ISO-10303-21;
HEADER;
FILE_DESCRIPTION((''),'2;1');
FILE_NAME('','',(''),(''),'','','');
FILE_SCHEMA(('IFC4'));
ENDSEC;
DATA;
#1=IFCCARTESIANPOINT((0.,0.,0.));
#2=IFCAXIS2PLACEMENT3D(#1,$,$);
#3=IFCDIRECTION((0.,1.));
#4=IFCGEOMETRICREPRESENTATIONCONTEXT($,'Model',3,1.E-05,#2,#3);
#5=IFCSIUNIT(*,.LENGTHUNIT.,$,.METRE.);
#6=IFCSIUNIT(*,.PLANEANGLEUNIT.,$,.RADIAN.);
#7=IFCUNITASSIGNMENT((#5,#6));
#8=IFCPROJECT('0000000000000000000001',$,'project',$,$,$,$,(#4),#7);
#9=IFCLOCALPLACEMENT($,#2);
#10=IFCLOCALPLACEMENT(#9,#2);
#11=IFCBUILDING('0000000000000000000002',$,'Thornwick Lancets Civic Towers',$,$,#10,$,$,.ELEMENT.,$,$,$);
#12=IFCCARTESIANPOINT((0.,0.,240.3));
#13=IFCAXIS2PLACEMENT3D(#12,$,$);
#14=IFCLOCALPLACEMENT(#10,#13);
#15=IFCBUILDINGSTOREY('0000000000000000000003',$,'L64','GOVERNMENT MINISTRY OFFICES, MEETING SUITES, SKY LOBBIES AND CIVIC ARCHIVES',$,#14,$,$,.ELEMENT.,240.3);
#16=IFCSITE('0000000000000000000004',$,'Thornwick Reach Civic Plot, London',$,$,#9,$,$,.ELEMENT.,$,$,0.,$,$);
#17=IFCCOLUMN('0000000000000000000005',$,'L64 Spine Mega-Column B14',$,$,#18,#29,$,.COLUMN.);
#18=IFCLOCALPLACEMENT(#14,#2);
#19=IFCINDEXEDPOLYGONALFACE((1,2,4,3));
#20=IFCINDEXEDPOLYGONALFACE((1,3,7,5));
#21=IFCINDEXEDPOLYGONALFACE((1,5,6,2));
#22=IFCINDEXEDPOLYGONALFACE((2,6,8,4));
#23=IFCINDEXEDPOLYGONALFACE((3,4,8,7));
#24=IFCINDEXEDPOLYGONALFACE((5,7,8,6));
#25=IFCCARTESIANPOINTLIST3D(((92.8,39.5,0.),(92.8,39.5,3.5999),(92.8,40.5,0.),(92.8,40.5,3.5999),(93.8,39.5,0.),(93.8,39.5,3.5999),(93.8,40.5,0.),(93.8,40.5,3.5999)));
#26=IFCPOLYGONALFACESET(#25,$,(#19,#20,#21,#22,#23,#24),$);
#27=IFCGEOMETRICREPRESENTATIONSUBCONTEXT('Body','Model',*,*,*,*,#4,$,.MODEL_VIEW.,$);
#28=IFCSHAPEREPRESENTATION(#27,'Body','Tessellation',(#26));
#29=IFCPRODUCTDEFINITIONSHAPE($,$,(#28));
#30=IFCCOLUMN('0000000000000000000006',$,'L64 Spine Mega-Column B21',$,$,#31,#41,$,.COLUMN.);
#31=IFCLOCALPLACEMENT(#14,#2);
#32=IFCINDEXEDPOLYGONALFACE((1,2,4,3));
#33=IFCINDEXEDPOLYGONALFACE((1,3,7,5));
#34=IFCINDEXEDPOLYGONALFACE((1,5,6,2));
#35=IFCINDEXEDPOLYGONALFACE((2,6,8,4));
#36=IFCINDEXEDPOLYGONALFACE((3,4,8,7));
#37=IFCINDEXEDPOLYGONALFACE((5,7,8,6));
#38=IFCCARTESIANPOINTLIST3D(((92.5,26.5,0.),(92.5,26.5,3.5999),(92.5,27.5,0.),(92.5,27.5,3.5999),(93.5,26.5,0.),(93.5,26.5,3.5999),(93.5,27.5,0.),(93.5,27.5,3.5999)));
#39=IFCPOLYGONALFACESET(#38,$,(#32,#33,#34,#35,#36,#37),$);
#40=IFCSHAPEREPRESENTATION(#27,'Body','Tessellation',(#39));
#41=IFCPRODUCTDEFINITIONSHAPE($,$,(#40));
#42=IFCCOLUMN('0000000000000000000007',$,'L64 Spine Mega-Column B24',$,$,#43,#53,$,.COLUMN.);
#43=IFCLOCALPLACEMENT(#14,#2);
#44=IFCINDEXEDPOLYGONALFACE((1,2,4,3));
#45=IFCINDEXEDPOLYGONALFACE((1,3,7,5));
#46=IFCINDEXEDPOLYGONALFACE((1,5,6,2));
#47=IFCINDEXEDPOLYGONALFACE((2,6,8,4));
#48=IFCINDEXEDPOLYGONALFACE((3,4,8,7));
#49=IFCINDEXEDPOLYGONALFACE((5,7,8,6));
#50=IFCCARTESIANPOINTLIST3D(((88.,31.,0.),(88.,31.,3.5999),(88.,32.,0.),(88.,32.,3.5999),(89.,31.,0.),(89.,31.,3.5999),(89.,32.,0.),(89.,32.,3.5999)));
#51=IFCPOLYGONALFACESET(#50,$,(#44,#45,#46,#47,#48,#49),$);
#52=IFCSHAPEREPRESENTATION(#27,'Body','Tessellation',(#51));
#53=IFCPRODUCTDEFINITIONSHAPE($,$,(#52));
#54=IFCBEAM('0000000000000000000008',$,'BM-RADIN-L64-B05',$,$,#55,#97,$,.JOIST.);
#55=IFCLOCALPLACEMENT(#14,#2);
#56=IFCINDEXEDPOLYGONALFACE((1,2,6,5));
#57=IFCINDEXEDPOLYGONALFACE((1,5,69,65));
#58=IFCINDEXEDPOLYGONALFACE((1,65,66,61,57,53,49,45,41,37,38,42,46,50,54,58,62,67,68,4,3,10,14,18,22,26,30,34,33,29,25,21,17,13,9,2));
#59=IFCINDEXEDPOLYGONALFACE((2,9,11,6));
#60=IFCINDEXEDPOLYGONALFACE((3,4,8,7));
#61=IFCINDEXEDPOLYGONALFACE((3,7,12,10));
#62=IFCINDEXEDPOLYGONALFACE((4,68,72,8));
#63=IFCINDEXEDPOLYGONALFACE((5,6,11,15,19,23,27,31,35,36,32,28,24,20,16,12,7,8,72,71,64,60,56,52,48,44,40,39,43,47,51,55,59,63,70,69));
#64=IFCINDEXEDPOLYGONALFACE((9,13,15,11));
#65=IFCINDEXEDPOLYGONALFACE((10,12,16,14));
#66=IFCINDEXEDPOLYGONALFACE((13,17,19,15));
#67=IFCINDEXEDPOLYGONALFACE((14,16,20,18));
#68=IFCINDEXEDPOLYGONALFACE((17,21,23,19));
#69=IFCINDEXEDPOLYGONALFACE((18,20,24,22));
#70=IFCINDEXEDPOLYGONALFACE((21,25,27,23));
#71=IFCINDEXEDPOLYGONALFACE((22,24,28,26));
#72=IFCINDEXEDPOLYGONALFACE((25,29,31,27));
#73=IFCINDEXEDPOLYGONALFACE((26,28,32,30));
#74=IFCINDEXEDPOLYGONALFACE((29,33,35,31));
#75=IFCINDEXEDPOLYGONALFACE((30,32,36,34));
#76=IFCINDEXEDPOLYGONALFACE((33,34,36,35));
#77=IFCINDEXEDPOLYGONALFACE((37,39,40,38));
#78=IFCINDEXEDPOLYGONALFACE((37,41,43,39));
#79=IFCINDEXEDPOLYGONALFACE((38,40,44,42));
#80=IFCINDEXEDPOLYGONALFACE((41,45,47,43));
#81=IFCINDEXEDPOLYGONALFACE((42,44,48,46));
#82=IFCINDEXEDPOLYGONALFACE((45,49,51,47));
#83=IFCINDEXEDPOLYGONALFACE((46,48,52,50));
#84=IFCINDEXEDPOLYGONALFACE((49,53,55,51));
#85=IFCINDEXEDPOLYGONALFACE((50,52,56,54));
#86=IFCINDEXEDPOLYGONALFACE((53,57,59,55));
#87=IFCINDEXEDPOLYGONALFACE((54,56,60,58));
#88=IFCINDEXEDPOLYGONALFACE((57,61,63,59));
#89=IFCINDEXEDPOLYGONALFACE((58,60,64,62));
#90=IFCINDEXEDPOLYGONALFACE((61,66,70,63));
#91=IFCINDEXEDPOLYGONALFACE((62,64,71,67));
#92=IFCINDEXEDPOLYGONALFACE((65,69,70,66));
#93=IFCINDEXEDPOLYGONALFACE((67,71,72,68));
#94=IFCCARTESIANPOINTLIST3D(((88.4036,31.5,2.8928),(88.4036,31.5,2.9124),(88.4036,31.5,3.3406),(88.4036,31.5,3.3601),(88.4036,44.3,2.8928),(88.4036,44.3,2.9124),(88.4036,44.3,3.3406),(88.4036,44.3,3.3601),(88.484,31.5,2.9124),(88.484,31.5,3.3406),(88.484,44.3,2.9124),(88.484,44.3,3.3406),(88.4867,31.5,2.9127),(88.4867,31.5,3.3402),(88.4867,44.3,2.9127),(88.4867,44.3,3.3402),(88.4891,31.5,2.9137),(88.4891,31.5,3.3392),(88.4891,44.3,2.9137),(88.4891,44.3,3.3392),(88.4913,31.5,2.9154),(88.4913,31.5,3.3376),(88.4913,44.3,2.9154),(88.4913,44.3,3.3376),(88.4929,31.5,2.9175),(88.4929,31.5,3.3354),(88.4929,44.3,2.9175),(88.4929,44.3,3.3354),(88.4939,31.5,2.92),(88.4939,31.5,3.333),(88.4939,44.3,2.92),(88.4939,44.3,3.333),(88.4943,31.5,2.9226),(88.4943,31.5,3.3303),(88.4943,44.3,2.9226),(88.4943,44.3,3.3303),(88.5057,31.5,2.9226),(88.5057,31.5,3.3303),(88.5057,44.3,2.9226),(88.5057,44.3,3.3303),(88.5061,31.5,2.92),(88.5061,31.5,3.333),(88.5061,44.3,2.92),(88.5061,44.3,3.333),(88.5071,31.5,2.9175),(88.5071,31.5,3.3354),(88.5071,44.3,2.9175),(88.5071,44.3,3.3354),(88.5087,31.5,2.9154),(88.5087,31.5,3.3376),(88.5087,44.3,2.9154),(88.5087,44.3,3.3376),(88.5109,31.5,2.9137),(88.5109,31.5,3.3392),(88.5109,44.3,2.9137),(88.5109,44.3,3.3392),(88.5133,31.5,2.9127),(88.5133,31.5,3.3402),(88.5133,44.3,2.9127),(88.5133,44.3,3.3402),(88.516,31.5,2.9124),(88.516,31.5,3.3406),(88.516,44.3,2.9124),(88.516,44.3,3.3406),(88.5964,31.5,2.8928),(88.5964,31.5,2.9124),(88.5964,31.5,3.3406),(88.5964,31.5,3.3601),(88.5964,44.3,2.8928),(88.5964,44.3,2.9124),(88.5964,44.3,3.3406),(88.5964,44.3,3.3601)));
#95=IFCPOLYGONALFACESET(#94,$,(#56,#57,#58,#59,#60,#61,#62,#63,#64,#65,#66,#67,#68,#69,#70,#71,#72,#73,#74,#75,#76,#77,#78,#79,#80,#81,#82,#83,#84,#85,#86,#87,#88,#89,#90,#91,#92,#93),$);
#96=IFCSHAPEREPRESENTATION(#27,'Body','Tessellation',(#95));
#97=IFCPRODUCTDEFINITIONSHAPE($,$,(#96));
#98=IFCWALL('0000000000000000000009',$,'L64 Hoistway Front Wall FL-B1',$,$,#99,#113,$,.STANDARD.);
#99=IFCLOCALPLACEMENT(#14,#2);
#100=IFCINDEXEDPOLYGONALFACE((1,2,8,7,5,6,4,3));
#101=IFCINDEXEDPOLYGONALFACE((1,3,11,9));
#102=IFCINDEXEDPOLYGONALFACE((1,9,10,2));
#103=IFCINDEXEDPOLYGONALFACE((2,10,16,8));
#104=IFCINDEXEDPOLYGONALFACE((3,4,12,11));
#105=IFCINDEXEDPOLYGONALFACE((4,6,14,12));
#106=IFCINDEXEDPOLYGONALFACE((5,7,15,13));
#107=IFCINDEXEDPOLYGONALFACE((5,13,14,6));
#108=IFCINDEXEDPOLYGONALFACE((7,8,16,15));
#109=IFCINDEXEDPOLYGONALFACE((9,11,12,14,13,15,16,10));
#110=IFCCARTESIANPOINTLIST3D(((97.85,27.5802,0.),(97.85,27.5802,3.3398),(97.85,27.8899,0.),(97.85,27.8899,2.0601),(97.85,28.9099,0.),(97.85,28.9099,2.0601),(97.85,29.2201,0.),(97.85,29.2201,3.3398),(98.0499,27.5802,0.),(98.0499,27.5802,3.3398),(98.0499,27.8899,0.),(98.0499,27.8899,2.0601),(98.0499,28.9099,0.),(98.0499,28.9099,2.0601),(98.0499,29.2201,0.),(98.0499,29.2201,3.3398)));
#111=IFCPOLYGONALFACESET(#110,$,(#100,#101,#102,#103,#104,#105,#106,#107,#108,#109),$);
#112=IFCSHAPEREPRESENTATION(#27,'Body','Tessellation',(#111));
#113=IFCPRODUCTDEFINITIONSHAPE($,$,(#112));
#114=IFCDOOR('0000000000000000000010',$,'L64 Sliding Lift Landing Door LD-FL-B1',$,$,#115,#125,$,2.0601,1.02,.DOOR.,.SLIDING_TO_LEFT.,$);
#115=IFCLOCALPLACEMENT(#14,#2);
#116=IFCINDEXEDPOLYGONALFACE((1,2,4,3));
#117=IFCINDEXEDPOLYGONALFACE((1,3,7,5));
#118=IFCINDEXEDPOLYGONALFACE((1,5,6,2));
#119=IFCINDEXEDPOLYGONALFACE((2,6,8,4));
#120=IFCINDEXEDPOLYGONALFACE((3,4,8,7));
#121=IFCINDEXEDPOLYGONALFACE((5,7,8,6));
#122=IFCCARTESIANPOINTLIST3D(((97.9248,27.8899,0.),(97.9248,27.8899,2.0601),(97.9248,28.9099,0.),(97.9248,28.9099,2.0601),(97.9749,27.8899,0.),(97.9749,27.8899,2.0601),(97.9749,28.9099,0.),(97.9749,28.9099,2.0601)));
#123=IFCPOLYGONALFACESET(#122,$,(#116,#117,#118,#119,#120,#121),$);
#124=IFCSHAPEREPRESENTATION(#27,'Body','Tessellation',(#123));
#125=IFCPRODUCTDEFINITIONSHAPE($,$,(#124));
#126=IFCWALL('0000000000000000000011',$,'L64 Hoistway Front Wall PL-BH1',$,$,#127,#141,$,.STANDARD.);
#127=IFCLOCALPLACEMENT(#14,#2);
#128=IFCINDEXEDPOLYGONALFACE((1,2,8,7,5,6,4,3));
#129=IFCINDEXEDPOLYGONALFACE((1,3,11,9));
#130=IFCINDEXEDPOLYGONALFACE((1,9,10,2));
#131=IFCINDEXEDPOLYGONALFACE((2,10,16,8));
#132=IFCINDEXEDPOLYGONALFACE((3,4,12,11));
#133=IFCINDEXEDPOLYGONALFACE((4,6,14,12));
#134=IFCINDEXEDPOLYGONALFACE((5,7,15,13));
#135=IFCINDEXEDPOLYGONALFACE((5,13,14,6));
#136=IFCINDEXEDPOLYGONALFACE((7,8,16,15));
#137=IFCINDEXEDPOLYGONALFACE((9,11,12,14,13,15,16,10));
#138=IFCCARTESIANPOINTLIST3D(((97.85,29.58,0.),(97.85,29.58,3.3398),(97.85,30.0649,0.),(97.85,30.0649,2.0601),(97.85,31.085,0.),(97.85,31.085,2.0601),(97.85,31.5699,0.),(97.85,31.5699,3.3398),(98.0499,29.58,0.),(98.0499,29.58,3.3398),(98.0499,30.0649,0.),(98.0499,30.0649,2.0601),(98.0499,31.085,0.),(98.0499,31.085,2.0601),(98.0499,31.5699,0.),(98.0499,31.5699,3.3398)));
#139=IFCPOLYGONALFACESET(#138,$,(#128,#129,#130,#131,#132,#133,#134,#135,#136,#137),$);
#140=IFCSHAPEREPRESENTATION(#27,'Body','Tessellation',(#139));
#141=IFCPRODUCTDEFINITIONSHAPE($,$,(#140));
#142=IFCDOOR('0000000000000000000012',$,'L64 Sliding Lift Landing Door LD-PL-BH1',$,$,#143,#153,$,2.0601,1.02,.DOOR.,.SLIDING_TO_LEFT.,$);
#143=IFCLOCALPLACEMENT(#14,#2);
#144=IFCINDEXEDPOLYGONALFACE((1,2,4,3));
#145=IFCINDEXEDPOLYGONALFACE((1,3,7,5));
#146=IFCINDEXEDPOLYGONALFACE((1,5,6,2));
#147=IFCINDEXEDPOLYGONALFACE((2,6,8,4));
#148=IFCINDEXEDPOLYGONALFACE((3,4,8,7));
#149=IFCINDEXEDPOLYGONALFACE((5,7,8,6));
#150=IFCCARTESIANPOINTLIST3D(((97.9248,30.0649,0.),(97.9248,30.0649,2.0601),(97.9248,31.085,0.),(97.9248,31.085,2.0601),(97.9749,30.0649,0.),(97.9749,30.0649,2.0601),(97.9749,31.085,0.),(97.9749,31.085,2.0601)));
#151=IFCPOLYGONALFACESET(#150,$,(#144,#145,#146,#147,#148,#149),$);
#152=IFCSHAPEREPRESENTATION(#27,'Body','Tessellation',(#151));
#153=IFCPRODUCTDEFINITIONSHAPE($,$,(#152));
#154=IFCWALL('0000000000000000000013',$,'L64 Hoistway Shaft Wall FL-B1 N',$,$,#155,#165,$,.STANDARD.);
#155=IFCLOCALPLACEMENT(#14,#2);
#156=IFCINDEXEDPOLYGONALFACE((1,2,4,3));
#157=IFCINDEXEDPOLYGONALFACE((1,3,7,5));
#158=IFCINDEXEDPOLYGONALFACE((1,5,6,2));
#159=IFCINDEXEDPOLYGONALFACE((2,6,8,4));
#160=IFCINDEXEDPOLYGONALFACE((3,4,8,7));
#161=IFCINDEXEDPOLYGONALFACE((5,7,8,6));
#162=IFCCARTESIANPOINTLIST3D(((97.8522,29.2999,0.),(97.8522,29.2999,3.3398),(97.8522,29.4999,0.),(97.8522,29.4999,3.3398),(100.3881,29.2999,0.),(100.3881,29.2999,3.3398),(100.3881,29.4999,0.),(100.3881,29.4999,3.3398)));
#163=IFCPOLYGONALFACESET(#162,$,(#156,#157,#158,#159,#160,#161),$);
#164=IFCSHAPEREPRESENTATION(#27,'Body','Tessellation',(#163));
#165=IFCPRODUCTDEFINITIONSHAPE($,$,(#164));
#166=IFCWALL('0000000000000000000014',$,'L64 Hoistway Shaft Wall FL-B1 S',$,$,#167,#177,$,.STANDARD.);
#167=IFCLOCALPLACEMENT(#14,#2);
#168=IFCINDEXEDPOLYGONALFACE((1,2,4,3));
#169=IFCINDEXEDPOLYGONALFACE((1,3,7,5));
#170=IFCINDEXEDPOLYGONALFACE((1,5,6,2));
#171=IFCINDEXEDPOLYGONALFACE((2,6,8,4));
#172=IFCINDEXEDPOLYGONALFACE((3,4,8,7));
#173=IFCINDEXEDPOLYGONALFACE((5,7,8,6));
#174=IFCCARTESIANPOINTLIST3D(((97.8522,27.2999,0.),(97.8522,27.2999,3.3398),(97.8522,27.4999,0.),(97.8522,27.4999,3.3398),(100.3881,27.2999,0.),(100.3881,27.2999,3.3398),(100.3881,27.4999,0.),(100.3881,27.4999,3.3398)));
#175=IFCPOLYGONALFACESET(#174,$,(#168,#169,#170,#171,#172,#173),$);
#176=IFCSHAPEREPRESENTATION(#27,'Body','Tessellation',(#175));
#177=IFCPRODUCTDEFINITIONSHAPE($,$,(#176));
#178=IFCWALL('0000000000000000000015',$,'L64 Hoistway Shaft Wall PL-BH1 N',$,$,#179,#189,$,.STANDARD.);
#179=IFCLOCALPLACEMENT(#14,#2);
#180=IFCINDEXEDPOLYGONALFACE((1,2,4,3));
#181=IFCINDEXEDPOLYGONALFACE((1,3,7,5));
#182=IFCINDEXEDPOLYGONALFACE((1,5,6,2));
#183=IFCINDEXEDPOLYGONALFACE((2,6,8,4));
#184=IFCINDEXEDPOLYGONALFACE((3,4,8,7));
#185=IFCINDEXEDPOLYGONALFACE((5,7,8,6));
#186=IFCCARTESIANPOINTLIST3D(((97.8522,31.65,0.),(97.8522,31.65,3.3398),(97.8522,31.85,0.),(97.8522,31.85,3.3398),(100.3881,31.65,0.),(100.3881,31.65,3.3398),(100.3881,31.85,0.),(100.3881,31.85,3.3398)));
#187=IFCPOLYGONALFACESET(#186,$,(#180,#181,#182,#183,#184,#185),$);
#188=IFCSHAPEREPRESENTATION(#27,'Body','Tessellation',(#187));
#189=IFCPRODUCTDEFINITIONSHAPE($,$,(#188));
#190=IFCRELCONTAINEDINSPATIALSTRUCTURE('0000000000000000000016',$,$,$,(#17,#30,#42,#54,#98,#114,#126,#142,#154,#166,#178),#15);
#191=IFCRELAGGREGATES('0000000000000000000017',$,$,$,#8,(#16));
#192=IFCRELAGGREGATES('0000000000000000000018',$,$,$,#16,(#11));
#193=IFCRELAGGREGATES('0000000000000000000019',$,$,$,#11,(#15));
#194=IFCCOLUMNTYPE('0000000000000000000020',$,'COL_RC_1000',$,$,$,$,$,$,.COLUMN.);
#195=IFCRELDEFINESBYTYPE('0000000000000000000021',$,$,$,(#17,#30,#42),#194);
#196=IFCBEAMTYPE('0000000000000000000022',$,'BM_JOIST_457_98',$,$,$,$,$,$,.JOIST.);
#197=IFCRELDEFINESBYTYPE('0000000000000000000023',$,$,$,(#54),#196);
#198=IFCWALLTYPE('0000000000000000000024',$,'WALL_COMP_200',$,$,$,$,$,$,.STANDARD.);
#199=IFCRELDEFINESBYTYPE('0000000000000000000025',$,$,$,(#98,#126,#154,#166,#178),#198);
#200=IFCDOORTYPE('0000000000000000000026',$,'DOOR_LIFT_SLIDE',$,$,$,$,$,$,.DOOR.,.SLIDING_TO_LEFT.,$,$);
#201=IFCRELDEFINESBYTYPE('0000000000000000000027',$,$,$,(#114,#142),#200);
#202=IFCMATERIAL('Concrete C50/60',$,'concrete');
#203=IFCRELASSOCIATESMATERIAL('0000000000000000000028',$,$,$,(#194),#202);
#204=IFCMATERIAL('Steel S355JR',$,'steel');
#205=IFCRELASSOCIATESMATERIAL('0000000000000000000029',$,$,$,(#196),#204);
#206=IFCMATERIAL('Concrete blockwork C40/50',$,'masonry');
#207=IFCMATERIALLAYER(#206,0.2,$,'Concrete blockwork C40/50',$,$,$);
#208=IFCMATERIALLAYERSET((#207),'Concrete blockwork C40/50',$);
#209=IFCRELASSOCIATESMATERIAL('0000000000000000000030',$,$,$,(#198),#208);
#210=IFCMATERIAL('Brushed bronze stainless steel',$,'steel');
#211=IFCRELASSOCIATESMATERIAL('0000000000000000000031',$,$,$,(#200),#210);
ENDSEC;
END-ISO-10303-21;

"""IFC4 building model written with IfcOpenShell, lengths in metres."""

from ifc_helpers import new_model, si_unit, direction, frame, frame_2d, origin, origin_2d, place, context, subcontext, project, spatial, rectangle, i_section, extrude, material, layer, layer_set, material_profile, profile_set, type_object, element, fill, save


model = new_model("IFC4")

# Units and contexts
model_context = context("Model", 3, precision=1e-05, world=origin(), true_north=direction((0.0, 1.0)))
body_context = subcontext(model_context, "Body", "Model", "MODEL_VIEW")
ifc_project = project(units=[si_unit("LENGTHUNIT", "METRE"), si_unit("PLANEANGLEUNIT", "RADIAN")], contexts=[model_context])

# Site, building, storey
site_placement = place(None, origin())
site = spatial("IfcSite", under=ifc_project, at=site_placement, Name="Thornwick Reach Civic Plot, London", CompositionType="ELEMENT", RefElevation=0.0)
building_placement = place(site_placement, origin())
building = spatial("IfcBuilding", under=site, at=building_placement, Name="Thornwick Lancets Civic Towers", CompositionType="ELEMENT")
storey_placement = place(building_placement, frame((0.0, 0.0, 240.3)))
storey = spatial("IfcBuildingStorey", under=building, at=storey_placement, Name="L64", Description="GOVERNMENT MINISTRY OFFICES, MEETING SUITES, SKY LOBBIES AND CIVIC ARCHIVES", CompositionType="ELEMENT", Elevation=240.3)

# Columns
ifc_material_1 = material(Name="Concrete C50/60", Category="concrete")
ifc_material_profile_1 = material_profile(ifc_material_1, rectangle(XDim=1.0, YDim=1.0, at=origin_2d()), Name="RC 1000x1000")
ifc_profile_set_1 = profile_set([ifc_material_profile_1], Name="Concrete C50/60")
column_type = type_object("IfcColumnType", Name="COL_RC_1000", PredefinedType="COLUMN", material=ifc_profile_set_1)
for number, where, z_axis, x_axis, name in (
    (1, (93.3, 40.0, 0.0), (0.0, 0.0, 1.0), (1.0, 0.0, 0.0), "L64 Spine Mega-Column B14"),
    (2, (93.0, 27.0, 0.0), (0.0, 0.0, 1.0), (1.0, 0.0, 0.0), "L64 Spine Mega-Column B21"),
    (3, (88.5, 31.5, 0.0), (0.0, 0.0, 1.0), (1.0, 0.0, 0.0), "L64 Spine Mega-Column B24"),
):
    element("IfcColumn", number, at=place(storey_placement, frame(where, z_axis=z_axis, x_axis=x_axis)), inside=storey, type_object=column_type, Name=name, PredefinedType="COLUMN", context=body_context, shape_type="SweptSolid", body=[
        extrude(rectangle(XDim=1.0, YDim=1.0, at=origin_2d()), origin(), (0.0, 0.0, 1.0), 3.5999),
    ])

# Beam
ifc_material_2 = material(Name="Steel S355JR", Category="steel")
ifc_material_profile_2 = material_profile(ifc_material_2, i_section(OverallWidth=0.1929, OverallDepth=0.4673, WebThickness=0.0115, FlangeThickness=0.0195, FilletRadius=0.0103, at=origin_2d()), Name="UKB 457x191x98")
ifc_profile_set_2 = profile_set([ifc_material_profile_2], Name="Steel S355JR")
beam_type = type_object("IfcBeamType", Name="BM_JOIST_457_98", PredefinedType="JOIST", material=ifc_profile_set_2)
beam_placement = place(storey_placement, frame((88.5, 31.5, 3.1265), z_axis=(0.0, 1.0, 0.0), x_axis=(-1.0, 0.0, 0.0)))
element("IfcBeam", 4, at=beam_placement, inside=storey, type_object=beam_type, Name="BM-RADIN-L64-B05", PredefinedType="JOIST", context=body_context, shape_type="SweptSolid", body=[
    extrude(i_section(OverallWidth=0.1929, OverallDepth=0.4673, WebThickness=0.0115, FlangeThickness=0.0195, FilletRadius=0.0103, at=origin_2d()), origin(), (0.0, 0.0, 1.0), 12.8),
])

# Walls, openings, doors
ifc_material_3 = material(Name="Concrete blockwork C40/50", Category="masonry")
ifc_layer_1 = layer(ifc_material_3, 0.2, Name="Concrete blockwork C40/50")
ifc_layer_set_1 = layer_set([ifc_layer_1], Name="Concrete blockwork C40/50")
wall_type_1 = type_object("IfcWallType", Name="WALL_COMP_200", PredefinedType="STANDARD", material=ifc_layer_set_1)
wall_1_placement = place(storey_placement, frame((97.95, 29.22, 0.0), z_axis=(0.0, 0.0, 1.0), x_axis=(0.0, -1.0, 0.0)))
wall_1 = element("IfcWall", 5, at=wall_1_placement, inside=storey, type_object=wall_type_1, Name="L64 Hoistway Front Wall FL-B1", PredefinedType="STANDARD", context=body_context, shape_type="SweptSolid", body=[
    extrude(rectangle(XDim=1.6399, YDim=0.2, at=frame_2d((0.8198, 0.0))), origin(), (0.0, 0.0, 1.0), 3.3398),
])
opening_1_placement = place(wall_1_placement, frame((0.3101, 0.0, 0.0)))
opening_1 = element("IfcOpeningElement", 6, at=opening_1_placement, cuts=wall_1, PredefinedType="OPENING", context=body_context, shape_type="SweptSolid", body=[
    extrude(rectangle(XDim=1.02, YDim=2.0601, at=frame_2d((0.51, 1.03))), frame((0.0, 0.1099, 0.0), z_axis=(0.0, -1.0, 0.0), x_axis=(1.0, 0.0, 0.0)), (0.0, 0.0, 1.0), 0.22),
])
ifc_material_4 = material(Name="Brushed bronze stainless steel", Category="steel")
door_type_1 = type_object("IfcDoorType", Name="DOOR_LIFT_SLIDE", OperationType="SLIDING_TO_LEFT", PredefinedType="DOOR", material=ifc_material_4)
door_1_placement = place(opening_1_placement, origin())
door_1 = element("IfcDoor", 7, at=door_1_placement, inside=storey, type_object=door_type_1, Name="L64 Sliding Lift Landing Door LD-FL-B1", OperationType="SLIDING_TO_LEFT", OverallHeight=2.0601, OverallWidth=1.02, PredefinedType="DOOR", context=body_context, shape_type="SweptSolid", body=[
    extrude(rectangle(XDim=1.02, YDim=2.0601, at=frame_2d((0.51, 1.03))), frame((0.0, 0.0249, 0.0), z_axis=(0.0, -1.0, 0.0), x_axis=(1.0, 0.0, 0.0)), (0.0, 0.0, 1.0), 0.05),
])
fill(opening_1, door_1)
wall_2_placement = place(storey_placement, frame((97.95, 31.5701, 0.0), z_axis=(0.0, 0.0, 1.0), x_axis=(0.0, -1.0, 0.0)))
wall_2 = element("IfcWall", 8, at=wall_2_placement, inside=storey, type_object=wall_type_1, Name="L64 Hoistway Front Wall PL-BH1", PredefinedType="STANDARD", context=body_context, shape_type="SweptSolid", body=[
    extrude(rectangle(XDim=1.99, YDim=0.2, at=frame_2d((0.9951, 0.0))), origin(), (0.0, 0.0, 1.0), 3.3398),
])
opening_2_placement = place(wall_2_placement, frame((0.4851, 0.0, 0.0)))
opening_2 = element("IfcOpeningElement", 9, at=opening_2_placement, cuts=wall_2, PredefinedType="OPENING", context=body_context, shape_type="SweptSolid", body=[
    extrude(rectangle(XDim=1.02, YDim=2.0601, at=frame_2d((0.51, 1.03))), frame((0.0, 0.1099, 0.0), z_axis=(0.0, -1.0, 0.0), x_axis=(1.0, 0.0, 0.0)), (0.0, 0.0, 1.0), 0.22),
])
door_2_placement = place(opening_2_placement, origin())
door_2 = element("IfcDoor", 10, at=door_2_placement, inside=storey, type_object=door_type_1, Name="L64 Sliding Lift Landing Door LD-PL-BH1", OperationType="SLIDING_TO_LEFT", OverallHeight=2.0601, OverallWidth=1.02, PredefinedType="DOOR", context=body_context, shape_type="SweptSolid", body=[
    extrude(rectangle(XDim=1.02, YDim=2.0601, at=frame_2d((0.51, 1.03))), frame((0.0, 0.0249, 0.0), z_axis=(0.0, -1.0, 0.0), x_axis=(1.0, 0.0, 0.0)), (0.0, 0.0, 1.0), 0.05),
])
fill(opening_2, door_2)

# Walls
for number, where, z_axis, x_axis, name in (
    (11, (97.8521, 29.3999, 0.0), (0.0, 0.0, 1.0), (1.0, 0.0, 0.0), "L64 Hoistway Shaft Wall FL-B1 N"),
    (12, (97.8521, 27.3999, 0.0), (0.0, 0.0, 1.0), (1.0, 0.0, 0.0), "L64 Hoistway Shaft Wall FL-B1 S"),
    (13, (97.8521, 31.75, 0.0), (0.0, 0.0, 1.0), (1.0, 0.0, 0.0), "L64 Hoistway Shaft Wall PL-BH1 N"),
):
    element("IfcWall", number, at=place(storey_placement, frame(where, z_axis=z_axis, x_axis=x_axis)), inside=storey, type_object=wall_type_1, Name=name, PredefinedType="STANDARD", context=body_context, shape_type="SweptSolid", body=[
        extrude(rectangle(XDim=2.5359, YDim=0.2, at=frame_2d((1.2681, 0.0))), origin(), (0.0, 0.0, 1.0), 3.3398),
    ])

save(model, "model.ifc")
